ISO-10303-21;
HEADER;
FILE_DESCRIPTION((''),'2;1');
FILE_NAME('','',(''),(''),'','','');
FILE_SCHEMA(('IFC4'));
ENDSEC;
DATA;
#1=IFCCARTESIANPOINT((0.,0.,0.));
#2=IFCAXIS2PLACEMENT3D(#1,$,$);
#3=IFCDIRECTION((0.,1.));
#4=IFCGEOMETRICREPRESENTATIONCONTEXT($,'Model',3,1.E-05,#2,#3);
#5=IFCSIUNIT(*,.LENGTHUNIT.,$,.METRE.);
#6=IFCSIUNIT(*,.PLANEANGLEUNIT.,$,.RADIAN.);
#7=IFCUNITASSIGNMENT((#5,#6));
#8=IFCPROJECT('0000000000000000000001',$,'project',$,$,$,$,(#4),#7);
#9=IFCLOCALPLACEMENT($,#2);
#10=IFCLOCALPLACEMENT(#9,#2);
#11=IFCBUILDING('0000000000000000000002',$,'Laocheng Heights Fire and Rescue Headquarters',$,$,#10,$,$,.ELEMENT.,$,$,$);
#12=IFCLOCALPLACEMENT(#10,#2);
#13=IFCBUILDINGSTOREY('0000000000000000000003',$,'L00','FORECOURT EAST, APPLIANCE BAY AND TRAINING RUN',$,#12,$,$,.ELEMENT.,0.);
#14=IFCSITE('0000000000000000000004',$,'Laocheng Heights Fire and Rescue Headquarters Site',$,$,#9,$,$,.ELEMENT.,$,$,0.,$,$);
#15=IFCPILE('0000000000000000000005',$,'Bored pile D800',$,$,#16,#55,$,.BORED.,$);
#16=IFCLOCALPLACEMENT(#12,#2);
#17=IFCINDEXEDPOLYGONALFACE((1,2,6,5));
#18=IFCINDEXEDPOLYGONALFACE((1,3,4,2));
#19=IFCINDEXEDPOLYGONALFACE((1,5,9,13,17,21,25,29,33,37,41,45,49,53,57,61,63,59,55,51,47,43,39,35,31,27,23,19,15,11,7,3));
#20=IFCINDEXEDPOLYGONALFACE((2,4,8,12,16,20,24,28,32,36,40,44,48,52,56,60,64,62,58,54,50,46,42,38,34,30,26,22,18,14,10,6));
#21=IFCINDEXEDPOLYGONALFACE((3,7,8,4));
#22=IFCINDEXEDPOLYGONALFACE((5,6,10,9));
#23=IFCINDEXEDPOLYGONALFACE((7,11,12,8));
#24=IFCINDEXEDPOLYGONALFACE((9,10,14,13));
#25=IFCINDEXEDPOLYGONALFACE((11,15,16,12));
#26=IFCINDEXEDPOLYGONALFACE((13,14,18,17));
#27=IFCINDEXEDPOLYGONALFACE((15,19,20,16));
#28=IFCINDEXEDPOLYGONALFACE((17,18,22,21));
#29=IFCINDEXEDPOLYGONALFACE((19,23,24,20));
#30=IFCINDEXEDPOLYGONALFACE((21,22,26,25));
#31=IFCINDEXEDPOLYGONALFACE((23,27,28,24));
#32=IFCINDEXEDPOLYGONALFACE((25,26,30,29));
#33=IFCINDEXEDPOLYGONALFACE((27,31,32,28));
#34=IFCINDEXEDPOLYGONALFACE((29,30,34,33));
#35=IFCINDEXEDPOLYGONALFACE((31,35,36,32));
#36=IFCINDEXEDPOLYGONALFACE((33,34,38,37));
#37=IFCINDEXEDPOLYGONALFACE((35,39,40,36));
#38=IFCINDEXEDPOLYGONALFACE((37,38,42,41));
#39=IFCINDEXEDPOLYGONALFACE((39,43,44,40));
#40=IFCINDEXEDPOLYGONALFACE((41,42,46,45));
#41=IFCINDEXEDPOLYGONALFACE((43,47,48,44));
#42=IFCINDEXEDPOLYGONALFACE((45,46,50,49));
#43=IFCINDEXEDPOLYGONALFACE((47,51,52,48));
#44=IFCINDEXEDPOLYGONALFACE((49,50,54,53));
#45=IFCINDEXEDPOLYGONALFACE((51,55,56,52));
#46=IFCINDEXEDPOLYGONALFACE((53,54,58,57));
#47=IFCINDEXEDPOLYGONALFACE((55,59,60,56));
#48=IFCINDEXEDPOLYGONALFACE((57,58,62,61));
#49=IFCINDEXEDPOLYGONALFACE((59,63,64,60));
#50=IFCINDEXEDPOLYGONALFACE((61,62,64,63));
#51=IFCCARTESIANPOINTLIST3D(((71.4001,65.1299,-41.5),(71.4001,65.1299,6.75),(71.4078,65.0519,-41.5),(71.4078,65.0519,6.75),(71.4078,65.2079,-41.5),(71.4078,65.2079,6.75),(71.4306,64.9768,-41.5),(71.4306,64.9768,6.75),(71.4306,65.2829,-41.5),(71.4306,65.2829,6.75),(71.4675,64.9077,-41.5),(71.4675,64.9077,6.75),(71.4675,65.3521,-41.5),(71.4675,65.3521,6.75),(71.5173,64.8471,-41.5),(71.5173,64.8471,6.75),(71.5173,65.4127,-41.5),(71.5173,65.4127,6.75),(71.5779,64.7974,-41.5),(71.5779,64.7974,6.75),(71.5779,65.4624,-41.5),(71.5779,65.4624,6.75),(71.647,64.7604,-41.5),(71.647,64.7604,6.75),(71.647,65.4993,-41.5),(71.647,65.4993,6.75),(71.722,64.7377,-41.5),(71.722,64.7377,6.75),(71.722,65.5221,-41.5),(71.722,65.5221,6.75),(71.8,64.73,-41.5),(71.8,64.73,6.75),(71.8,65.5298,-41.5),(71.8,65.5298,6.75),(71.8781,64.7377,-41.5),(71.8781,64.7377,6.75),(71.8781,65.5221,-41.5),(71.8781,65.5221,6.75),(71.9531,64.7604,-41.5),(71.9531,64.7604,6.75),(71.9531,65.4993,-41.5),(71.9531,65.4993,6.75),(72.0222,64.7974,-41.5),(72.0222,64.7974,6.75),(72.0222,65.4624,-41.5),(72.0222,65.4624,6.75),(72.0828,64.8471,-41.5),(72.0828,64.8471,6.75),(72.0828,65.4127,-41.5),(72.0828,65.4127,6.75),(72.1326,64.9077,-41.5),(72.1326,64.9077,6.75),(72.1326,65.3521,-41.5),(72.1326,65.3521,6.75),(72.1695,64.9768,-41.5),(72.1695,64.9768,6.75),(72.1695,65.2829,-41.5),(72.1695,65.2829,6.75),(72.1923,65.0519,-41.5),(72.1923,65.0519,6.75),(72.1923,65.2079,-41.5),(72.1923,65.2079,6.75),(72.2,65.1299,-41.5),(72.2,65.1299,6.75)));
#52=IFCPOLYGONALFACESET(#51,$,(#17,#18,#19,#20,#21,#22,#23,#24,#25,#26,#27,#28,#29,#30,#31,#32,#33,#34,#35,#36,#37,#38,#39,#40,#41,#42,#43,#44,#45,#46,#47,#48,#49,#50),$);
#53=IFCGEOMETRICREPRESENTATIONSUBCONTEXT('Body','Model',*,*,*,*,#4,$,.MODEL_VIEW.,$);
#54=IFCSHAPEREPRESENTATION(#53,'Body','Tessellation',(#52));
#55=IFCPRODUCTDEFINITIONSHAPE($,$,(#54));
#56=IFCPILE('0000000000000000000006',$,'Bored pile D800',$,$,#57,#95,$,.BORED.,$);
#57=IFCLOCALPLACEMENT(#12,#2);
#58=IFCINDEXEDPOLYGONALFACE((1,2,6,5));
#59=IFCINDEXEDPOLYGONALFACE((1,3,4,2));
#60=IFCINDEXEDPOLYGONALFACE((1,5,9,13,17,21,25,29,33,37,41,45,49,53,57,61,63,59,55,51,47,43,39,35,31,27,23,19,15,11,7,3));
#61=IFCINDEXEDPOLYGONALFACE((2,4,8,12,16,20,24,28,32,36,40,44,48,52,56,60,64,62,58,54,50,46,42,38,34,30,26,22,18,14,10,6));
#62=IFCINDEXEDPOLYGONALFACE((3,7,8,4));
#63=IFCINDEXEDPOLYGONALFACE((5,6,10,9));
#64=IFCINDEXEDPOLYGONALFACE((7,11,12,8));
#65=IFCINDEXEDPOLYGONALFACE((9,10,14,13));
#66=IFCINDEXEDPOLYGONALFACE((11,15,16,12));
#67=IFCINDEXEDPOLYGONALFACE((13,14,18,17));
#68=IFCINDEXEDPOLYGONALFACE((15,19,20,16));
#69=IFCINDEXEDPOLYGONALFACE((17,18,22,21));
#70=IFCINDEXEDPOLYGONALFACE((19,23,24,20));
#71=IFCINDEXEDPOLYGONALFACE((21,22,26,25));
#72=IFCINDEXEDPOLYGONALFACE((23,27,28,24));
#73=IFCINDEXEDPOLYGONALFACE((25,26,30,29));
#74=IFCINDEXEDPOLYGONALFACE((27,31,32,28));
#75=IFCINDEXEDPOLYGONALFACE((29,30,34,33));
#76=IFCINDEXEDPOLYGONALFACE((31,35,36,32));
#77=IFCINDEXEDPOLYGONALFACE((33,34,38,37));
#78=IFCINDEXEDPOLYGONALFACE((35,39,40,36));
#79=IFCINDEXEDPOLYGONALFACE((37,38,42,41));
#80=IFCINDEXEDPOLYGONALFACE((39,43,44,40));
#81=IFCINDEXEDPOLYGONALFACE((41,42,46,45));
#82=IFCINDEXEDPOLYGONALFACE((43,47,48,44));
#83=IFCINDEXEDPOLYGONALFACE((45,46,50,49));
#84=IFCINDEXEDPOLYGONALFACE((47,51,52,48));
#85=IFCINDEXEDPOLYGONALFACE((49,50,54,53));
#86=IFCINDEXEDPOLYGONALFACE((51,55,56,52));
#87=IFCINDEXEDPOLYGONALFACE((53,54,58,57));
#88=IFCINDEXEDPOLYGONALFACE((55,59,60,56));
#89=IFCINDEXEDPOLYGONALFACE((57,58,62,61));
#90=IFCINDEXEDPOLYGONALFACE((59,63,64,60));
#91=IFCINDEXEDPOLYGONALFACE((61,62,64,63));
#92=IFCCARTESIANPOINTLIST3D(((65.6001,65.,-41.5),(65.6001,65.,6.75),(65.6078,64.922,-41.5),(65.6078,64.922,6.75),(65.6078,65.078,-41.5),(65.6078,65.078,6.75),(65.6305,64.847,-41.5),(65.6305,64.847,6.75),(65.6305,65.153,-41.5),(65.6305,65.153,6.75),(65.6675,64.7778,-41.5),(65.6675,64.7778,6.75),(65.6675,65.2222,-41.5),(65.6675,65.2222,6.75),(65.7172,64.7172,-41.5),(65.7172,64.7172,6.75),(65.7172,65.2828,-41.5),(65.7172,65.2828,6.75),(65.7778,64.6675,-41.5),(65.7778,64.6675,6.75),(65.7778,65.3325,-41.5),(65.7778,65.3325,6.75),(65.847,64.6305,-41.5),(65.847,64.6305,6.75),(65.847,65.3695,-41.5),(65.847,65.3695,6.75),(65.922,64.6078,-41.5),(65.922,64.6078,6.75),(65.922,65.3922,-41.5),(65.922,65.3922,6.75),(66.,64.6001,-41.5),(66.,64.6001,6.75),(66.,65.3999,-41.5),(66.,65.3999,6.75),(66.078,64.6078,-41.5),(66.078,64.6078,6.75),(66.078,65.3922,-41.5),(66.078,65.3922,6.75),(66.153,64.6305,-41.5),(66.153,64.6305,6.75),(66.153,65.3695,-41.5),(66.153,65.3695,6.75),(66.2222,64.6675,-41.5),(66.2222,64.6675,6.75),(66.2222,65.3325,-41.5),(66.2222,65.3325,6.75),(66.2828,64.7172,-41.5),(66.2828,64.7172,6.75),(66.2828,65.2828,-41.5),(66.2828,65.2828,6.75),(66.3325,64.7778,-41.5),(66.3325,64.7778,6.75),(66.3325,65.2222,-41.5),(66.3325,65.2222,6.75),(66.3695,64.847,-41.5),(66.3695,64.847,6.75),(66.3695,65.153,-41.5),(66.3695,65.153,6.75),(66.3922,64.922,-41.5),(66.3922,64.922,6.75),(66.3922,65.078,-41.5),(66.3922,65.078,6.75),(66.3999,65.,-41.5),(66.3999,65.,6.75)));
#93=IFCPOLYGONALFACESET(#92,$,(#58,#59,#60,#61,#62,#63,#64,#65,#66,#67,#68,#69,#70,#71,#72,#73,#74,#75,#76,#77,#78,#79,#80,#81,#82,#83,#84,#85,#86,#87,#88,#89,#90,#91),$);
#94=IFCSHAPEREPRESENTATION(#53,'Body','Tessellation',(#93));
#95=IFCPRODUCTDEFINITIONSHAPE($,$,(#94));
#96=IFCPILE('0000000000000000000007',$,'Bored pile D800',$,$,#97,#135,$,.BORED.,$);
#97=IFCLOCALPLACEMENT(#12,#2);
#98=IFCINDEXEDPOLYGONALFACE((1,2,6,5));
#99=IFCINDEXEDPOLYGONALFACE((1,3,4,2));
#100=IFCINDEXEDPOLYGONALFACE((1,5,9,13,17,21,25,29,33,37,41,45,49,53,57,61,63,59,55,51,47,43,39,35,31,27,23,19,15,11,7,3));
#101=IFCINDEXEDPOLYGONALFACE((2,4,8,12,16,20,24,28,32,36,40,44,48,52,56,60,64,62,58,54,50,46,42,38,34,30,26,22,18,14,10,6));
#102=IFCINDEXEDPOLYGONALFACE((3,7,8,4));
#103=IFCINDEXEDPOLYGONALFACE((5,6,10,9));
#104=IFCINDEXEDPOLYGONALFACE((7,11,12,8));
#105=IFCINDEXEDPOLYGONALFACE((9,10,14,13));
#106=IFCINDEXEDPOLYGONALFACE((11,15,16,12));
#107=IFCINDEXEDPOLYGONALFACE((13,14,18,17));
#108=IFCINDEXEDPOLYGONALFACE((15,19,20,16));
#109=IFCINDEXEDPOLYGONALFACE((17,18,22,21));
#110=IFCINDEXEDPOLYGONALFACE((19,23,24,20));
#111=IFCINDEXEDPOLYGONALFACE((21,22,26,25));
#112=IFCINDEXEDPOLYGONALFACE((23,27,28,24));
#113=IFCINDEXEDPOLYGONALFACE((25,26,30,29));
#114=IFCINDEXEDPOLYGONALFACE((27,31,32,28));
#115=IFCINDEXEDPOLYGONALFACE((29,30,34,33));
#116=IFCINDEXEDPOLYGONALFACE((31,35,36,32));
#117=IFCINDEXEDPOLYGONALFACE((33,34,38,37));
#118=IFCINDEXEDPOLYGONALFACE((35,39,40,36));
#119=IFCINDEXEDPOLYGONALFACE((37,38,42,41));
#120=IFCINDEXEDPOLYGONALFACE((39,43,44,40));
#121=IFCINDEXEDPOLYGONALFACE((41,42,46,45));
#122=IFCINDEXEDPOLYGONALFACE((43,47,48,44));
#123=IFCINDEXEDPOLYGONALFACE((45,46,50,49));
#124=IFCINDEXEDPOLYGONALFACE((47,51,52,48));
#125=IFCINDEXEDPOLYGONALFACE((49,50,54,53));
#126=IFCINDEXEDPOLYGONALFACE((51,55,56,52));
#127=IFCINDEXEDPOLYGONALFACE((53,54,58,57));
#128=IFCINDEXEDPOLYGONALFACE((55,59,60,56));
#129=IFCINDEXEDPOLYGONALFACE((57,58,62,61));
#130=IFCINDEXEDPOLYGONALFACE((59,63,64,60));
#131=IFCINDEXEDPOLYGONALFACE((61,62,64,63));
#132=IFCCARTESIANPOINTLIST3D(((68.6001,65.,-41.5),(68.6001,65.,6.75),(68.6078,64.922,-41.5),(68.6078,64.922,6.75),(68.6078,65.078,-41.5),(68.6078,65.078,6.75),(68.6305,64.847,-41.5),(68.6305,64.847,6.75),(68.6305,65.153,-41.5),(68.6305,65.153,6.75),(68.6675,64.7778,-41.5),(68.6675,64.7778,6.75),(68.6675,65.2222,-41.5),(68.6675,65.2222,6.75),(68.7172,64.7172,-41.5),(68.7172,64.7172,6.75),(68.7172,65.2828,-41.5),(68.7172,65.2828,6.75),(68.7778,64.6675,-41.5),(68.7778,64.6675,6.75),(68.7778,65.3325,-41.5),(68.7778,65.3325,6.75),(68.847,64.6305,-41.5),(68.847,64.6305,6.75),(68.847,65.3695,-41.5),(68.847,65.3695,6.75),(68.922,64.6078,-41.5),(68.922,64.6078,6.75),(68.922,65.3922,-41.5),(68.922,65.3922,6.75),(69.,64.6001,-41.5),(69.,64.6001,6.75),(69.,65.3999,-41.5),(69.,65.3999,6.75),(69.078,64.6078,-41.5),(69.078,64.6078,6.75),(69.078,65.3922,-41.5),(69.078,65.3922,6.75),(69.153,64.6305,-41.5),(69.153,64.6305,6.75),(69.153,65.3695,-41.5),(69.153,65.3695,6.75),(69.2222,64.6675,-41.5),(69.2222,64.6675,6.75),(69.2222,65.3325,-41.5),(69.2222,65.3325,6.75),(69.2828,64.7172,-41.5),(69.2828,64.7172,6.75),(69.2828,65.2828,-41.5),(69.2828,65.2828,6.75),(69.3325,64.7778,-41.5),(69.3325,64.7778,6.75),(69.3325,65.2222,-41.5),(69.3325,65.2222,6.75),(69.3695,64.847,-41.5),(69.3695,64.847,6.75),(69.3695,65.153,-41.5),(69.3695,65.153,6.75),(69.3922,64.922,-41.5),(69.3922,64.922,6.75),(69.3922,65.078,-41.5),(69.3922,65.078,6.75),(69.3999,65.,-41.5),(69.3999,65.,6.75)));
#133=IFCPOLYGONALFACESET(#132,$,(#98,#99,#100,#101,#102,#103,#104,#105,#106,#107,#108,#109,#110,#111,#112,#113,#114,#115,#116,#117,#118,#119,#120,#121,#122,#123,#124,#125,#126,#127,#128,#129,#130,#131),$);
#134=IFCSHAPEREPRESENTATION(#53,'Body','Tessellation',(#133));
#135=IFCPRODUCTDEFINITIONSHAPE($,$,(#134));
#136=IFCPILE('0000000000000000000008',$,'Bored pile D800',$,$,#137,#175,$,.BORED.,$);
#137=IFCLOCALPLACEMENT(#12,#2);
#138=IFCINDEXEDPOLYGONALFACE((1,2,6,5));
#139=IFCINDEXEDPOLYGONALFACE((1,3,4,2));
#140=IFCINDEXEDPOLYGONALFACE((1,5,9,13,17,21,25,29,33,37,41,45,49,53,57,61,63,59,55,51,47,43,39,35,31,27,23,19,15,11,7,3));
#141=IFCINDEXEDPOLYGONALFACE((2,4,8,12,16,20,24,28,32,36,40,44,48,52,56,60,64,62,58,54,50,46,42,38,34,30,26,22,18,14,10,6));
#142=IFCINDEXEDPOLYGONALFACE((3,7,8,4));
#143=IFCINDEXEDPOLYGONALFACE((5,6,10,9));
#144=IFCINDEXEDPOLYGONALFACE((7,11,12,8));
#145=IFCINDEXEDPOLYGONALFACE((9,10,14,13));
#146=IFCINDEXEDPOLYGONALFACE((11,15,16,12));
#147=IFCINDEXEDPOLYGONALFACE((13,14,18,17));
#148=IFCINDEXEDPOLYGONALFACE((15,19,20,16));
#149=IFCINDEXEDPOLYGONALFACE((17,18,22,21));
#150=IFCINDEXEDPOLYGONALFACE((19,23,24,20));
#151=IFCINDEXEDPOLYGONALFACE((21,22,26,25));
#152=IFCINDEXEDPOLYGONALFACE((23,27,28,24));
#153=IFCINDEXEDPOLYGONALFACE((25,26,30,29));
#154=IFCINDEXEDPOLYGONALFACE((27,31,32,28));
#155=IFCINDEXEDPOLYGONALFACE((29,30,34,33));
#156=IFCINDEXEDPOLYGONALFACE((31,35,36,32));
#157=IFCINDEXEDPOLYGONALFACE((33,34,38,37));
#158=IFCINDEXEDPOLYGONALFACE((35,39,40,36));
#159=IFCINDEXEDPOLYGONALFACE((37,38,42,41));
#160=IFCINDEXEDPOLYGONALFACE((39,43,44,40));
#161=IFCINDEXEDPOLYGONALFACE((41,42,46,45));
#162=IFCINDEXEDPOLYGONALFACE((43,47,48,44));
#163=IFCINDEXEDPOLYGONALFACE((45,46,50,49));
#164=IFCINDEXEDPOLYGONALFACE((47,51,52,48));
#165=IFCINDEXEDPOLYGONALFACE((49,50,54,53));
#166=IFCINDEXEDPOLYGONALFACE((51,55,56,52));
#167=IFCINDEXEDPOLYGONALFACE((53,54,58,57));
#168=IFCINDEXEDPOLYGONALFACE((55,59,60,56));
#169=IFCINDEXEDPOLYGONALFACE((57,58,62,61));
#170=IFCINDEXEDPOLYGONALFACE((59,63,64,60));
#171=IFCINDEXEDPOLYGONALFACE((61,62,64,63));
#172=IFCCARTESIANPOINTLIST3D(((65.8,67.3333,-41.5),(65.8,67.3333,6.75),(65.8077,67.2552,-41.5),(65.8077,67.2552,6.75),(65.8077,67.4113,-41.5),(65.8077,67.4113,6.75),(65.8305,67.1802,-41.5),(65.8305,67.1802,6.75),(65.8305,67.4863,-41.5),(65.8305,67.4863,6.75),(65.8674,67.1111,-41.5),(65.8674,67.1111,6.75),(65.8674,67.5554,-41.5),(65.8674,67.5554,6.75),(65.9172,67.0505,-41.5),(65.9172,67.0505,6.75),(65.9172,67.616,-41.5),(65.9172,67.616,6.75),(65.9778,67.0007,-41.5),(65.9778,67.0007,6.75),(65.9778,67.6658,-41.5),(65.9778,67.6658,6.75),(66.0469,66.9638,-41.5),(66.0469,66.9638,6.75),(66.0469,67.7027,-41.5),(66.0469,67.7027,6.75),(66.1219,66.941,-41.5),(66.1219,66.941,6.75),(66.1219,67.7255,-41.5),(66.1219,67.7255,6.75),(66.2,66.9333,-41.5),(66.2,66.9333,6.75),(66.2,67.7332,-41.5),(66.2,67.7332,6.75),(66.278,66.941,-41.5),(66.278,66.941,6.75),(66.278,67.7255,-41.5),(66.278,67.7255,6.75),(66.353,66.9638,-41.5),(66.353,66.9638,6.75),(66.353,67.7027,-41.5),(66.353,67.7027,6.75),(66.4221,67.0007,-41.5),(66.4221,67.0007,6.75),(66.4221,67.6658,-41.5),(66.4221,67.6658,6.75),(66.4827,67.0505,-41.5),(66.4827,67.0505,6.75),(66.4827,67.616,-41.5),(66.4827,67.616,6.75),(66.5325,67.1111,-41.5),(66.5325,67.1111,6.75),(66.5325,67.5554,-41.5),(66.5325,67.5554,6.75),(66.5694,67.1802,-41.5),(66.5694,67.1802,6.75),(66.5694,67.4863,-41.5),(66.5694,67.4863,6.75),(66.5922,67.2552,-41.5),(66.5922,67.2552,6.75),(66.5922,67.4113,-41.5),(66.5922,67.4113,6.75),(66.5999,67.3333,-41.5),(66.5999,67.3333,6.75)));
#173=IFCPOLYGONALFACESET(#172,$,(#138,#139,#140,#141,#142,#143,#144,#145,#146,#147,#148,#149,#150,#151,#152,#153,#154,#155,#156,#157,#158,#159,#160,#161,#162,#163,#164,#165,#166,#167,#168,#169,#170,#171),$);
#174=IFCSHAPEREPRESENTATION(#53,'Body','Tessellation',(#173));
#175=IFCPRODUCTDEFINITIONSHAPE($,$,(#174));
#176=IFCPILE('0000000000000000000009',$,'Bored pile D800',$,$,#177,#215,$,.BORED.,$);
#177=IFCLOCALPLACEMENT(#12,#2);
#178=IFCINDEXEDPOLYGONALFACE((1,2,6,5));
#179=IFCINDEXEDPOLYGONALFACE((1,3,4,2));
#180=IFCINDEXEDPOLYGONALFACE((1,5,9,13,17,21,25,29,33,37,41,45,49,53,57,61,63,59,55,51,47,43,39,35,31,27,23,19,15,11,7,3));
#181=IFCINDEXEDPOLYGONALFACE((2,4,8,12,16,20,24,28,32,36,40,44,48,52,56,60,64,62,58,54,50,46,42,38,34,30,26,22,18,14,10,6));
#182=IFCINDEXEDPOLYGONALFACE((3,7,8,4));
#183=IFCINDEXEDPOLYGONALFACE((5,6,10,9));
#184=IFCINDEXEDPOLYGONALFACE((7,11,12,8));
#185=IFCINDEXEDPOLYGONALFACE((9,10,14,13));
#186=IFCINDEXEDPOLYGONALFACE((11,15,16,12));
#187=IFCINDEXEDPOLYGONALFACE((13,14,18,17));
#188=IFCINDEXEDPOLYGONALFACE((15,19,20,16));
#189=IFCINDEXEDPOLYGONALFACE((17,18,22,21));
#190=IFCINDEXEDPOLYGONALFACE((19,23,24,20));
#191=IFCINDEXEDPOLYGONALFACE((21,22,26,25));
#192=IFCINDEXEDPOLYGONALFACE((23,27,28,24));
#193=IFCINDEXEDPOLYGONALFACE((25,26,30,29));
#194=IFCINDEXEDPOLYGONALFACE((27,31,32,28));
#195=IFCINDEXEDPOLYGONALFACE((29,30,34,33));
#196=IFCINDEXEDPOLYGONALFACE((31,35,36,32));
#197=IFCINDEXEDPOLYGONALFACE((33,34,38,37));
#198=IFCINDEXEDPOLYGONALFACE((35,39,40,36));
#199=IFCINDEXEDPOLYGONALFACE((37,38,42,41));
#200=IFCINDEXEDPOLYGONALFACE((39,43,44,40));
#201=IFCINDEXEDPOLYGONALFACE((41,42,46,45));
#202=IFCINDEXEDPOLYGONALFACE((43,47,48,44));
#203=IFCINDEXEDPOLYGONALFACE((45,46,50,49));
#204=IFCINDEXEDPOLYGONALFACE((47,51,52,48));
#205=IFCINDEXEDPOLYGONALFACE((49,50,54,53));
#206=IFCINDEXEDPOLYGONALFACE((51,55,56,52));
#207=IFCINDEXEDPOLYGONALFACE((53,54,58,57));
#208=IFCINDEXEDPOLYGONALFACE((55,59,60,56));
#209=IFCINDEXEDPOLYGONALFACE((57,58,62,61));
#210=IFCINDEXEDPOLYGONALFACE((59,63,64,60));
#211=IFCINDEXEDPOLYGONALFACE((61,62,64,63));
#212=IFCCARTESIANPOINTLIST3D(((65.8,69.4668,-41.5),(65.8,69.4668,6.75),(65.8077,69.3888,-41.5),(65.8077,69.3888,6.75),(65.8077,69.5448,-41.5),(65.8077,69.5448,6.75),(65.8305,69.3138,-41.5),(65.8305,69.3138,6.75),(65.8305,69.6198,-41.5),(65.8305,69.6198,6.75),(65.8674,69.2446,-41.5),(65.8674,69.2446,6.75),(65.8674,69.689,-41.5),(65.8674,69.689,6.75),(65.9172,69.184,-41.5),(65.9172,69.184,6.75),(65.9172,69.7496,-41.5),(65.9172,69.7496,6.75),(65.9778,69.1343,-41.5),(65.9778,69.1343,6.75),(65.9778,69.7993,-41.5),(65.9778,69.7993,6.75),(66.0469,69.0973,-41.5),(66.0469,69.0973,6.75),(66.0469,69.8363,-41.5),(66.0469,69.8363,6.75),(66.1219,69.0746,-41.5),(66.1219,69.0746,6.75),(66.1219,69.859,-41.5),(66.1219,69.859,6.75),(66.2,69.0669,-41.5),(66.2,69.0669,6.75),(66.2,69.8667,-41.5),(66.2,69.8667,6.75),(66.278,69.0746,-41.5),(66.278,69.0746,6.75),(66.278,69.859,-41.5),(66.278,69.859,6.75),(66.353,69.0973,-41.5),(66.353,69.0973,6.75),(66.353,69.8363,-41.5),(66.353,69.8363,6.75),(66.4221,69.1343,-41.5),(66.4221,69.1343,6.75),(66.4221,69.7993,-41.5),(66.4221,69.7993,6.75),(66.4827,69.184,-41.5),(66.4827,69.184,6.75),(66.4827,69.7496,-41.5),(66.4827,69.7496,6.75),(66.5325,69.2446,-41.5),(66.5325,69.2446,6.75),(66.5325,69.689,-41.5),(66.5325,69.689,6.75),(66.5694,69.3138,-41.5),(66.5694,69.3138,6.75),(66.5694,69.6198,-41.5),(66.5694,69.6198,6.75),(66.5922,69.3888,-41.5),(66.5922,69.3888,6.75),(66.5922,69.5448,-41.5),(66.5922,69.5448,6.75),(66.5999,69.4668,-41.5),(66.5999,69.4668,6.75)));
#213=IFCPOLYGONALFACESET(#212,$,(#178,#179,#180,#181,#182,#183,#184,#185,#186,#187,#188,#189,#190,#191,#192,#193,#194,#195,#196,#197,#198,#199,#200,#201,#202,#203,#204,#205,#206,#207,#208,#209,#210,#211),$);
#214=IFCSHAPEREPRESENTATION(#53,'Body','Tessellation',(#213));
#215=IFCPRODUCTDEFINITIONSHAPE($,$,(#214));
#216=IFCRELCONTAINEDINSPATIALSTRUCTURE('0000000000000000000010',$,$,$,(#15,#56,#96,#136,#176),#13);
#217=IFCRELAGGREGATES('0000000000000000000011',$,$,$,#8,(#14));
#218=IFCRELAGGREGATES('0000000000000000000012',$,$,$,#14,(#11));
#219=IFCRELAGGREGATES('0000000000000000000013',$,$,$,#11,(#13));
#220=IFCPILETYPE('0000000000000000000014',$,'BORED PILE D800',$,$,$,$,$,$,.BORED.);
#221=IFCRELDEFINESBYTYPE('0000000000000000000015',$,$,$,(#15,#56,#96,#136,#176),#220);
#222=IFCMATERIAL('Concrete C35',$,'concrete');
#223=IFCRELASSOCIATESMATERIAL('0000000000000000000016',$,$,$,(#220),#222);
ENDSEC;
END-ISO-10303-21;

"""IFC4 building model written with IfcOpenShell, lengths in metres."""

from ifc_helpers import new_model, si_unit, direction, frame, origin, origin_2d, place, context, subcontext, project, spatial, circle, extrude, material, material_profile, profile_set, type_object, element, save


model = new_model("IFC4")

# Units and contexts
model_context = context("Model", 3, precision=1e-05, world=origin(), true_north=direction((0.0, 1.0)))
body_context = subcontext(model_context, "Body", "Model", "MODEL_VIEW")
ifc_project = project(units=[si_unit("LENGTHUNIT", "METRE"), si_unit("PLANEANGLEUNIT", "RADIAN")], contexts=[model_context])

# Site, building, storey
site_placement = place(None, origin())
site = spatial("IfcSite", under=ifc_project, at=site_placement, Name="Laocheng Heights Fire and Rescue Headquarters Site", CompositionType="ELEMENT", RefElevation=0.0)
building_placement = place(site_placement, origin())
building = spatial("IfcBuilding", under=site, at=building_placement, Name="Laocheng Heights Fire and Rescue Headquarters", CompositionType="ELEMENT")
storey_placement = place(building_placement, origin())
storey = spatial("IfcBuildingStorey", under=building, at=storey_placement, Name="L00", Description="FORECOURT EAST, APPLIANCE BAY AND TRAINING RUN", CompositionType="ELEMENT", Elevation=0.0)

# Piles
ifc_material_1 = material(Name="Concrete C35", Category="concrete")
ifc_material_profile_1 = material_profile(ifc_material_1, circle(Radius=0.3999, at=origin_2d()), Name="BORED PILE D800")
ifc_profile_set_1 = profile_set([ifc_material_profile_1], Name="Concrete C35")
pile_type_1 = type_object("IfcPileType", Name="BORED PILE D800", PredefinedType="BORED", material=ifc_profile_set_1)
for number, where, z_axis, x_axis, name in (
    (1, (71.8, 65.1299, 6.75), (0.0, 0.0, -1.0), (1.0, 0.0, 0.0), "Bored pile D800"),
    (2, (66.0, 65.0, 6.75), (0.0, 0.0, -1.0), (1.0, 0.0, 0.0), "Bored pile D800"),
    (3, (69.0, 65.0, 6.75), (0.0, 0.0, -1.0), (1.0, 0.0, 0.0), "Bored pile D800"),
    (4, (66.2, 67.3333, 6.75), (0.0, 0.0, -1.0), (1.0, 0.0, 0.0), "Bored pile D800"),
    (5, (66.2, 69.4668, 6.75), (0.0, 0.0, -1.0), (1.0, 0.0, 0.0), "Bored pile D800"),
):
    element("IfcPile", number, at=place(storey_placement, frame(where, z_axis=z_axis, x_axis=x_axis)), inside=storey, type_object=pile_type_1, Name=name, PredefinedType="BORED", context=body_context, shape_type="SweptSolid", body=[
        extrude(circle(Radius=0.3999, at=origin_2d()), origin(), (0.0, 0.0, 1.0), 48.25),
    ])

save(model, "model.ifc")
